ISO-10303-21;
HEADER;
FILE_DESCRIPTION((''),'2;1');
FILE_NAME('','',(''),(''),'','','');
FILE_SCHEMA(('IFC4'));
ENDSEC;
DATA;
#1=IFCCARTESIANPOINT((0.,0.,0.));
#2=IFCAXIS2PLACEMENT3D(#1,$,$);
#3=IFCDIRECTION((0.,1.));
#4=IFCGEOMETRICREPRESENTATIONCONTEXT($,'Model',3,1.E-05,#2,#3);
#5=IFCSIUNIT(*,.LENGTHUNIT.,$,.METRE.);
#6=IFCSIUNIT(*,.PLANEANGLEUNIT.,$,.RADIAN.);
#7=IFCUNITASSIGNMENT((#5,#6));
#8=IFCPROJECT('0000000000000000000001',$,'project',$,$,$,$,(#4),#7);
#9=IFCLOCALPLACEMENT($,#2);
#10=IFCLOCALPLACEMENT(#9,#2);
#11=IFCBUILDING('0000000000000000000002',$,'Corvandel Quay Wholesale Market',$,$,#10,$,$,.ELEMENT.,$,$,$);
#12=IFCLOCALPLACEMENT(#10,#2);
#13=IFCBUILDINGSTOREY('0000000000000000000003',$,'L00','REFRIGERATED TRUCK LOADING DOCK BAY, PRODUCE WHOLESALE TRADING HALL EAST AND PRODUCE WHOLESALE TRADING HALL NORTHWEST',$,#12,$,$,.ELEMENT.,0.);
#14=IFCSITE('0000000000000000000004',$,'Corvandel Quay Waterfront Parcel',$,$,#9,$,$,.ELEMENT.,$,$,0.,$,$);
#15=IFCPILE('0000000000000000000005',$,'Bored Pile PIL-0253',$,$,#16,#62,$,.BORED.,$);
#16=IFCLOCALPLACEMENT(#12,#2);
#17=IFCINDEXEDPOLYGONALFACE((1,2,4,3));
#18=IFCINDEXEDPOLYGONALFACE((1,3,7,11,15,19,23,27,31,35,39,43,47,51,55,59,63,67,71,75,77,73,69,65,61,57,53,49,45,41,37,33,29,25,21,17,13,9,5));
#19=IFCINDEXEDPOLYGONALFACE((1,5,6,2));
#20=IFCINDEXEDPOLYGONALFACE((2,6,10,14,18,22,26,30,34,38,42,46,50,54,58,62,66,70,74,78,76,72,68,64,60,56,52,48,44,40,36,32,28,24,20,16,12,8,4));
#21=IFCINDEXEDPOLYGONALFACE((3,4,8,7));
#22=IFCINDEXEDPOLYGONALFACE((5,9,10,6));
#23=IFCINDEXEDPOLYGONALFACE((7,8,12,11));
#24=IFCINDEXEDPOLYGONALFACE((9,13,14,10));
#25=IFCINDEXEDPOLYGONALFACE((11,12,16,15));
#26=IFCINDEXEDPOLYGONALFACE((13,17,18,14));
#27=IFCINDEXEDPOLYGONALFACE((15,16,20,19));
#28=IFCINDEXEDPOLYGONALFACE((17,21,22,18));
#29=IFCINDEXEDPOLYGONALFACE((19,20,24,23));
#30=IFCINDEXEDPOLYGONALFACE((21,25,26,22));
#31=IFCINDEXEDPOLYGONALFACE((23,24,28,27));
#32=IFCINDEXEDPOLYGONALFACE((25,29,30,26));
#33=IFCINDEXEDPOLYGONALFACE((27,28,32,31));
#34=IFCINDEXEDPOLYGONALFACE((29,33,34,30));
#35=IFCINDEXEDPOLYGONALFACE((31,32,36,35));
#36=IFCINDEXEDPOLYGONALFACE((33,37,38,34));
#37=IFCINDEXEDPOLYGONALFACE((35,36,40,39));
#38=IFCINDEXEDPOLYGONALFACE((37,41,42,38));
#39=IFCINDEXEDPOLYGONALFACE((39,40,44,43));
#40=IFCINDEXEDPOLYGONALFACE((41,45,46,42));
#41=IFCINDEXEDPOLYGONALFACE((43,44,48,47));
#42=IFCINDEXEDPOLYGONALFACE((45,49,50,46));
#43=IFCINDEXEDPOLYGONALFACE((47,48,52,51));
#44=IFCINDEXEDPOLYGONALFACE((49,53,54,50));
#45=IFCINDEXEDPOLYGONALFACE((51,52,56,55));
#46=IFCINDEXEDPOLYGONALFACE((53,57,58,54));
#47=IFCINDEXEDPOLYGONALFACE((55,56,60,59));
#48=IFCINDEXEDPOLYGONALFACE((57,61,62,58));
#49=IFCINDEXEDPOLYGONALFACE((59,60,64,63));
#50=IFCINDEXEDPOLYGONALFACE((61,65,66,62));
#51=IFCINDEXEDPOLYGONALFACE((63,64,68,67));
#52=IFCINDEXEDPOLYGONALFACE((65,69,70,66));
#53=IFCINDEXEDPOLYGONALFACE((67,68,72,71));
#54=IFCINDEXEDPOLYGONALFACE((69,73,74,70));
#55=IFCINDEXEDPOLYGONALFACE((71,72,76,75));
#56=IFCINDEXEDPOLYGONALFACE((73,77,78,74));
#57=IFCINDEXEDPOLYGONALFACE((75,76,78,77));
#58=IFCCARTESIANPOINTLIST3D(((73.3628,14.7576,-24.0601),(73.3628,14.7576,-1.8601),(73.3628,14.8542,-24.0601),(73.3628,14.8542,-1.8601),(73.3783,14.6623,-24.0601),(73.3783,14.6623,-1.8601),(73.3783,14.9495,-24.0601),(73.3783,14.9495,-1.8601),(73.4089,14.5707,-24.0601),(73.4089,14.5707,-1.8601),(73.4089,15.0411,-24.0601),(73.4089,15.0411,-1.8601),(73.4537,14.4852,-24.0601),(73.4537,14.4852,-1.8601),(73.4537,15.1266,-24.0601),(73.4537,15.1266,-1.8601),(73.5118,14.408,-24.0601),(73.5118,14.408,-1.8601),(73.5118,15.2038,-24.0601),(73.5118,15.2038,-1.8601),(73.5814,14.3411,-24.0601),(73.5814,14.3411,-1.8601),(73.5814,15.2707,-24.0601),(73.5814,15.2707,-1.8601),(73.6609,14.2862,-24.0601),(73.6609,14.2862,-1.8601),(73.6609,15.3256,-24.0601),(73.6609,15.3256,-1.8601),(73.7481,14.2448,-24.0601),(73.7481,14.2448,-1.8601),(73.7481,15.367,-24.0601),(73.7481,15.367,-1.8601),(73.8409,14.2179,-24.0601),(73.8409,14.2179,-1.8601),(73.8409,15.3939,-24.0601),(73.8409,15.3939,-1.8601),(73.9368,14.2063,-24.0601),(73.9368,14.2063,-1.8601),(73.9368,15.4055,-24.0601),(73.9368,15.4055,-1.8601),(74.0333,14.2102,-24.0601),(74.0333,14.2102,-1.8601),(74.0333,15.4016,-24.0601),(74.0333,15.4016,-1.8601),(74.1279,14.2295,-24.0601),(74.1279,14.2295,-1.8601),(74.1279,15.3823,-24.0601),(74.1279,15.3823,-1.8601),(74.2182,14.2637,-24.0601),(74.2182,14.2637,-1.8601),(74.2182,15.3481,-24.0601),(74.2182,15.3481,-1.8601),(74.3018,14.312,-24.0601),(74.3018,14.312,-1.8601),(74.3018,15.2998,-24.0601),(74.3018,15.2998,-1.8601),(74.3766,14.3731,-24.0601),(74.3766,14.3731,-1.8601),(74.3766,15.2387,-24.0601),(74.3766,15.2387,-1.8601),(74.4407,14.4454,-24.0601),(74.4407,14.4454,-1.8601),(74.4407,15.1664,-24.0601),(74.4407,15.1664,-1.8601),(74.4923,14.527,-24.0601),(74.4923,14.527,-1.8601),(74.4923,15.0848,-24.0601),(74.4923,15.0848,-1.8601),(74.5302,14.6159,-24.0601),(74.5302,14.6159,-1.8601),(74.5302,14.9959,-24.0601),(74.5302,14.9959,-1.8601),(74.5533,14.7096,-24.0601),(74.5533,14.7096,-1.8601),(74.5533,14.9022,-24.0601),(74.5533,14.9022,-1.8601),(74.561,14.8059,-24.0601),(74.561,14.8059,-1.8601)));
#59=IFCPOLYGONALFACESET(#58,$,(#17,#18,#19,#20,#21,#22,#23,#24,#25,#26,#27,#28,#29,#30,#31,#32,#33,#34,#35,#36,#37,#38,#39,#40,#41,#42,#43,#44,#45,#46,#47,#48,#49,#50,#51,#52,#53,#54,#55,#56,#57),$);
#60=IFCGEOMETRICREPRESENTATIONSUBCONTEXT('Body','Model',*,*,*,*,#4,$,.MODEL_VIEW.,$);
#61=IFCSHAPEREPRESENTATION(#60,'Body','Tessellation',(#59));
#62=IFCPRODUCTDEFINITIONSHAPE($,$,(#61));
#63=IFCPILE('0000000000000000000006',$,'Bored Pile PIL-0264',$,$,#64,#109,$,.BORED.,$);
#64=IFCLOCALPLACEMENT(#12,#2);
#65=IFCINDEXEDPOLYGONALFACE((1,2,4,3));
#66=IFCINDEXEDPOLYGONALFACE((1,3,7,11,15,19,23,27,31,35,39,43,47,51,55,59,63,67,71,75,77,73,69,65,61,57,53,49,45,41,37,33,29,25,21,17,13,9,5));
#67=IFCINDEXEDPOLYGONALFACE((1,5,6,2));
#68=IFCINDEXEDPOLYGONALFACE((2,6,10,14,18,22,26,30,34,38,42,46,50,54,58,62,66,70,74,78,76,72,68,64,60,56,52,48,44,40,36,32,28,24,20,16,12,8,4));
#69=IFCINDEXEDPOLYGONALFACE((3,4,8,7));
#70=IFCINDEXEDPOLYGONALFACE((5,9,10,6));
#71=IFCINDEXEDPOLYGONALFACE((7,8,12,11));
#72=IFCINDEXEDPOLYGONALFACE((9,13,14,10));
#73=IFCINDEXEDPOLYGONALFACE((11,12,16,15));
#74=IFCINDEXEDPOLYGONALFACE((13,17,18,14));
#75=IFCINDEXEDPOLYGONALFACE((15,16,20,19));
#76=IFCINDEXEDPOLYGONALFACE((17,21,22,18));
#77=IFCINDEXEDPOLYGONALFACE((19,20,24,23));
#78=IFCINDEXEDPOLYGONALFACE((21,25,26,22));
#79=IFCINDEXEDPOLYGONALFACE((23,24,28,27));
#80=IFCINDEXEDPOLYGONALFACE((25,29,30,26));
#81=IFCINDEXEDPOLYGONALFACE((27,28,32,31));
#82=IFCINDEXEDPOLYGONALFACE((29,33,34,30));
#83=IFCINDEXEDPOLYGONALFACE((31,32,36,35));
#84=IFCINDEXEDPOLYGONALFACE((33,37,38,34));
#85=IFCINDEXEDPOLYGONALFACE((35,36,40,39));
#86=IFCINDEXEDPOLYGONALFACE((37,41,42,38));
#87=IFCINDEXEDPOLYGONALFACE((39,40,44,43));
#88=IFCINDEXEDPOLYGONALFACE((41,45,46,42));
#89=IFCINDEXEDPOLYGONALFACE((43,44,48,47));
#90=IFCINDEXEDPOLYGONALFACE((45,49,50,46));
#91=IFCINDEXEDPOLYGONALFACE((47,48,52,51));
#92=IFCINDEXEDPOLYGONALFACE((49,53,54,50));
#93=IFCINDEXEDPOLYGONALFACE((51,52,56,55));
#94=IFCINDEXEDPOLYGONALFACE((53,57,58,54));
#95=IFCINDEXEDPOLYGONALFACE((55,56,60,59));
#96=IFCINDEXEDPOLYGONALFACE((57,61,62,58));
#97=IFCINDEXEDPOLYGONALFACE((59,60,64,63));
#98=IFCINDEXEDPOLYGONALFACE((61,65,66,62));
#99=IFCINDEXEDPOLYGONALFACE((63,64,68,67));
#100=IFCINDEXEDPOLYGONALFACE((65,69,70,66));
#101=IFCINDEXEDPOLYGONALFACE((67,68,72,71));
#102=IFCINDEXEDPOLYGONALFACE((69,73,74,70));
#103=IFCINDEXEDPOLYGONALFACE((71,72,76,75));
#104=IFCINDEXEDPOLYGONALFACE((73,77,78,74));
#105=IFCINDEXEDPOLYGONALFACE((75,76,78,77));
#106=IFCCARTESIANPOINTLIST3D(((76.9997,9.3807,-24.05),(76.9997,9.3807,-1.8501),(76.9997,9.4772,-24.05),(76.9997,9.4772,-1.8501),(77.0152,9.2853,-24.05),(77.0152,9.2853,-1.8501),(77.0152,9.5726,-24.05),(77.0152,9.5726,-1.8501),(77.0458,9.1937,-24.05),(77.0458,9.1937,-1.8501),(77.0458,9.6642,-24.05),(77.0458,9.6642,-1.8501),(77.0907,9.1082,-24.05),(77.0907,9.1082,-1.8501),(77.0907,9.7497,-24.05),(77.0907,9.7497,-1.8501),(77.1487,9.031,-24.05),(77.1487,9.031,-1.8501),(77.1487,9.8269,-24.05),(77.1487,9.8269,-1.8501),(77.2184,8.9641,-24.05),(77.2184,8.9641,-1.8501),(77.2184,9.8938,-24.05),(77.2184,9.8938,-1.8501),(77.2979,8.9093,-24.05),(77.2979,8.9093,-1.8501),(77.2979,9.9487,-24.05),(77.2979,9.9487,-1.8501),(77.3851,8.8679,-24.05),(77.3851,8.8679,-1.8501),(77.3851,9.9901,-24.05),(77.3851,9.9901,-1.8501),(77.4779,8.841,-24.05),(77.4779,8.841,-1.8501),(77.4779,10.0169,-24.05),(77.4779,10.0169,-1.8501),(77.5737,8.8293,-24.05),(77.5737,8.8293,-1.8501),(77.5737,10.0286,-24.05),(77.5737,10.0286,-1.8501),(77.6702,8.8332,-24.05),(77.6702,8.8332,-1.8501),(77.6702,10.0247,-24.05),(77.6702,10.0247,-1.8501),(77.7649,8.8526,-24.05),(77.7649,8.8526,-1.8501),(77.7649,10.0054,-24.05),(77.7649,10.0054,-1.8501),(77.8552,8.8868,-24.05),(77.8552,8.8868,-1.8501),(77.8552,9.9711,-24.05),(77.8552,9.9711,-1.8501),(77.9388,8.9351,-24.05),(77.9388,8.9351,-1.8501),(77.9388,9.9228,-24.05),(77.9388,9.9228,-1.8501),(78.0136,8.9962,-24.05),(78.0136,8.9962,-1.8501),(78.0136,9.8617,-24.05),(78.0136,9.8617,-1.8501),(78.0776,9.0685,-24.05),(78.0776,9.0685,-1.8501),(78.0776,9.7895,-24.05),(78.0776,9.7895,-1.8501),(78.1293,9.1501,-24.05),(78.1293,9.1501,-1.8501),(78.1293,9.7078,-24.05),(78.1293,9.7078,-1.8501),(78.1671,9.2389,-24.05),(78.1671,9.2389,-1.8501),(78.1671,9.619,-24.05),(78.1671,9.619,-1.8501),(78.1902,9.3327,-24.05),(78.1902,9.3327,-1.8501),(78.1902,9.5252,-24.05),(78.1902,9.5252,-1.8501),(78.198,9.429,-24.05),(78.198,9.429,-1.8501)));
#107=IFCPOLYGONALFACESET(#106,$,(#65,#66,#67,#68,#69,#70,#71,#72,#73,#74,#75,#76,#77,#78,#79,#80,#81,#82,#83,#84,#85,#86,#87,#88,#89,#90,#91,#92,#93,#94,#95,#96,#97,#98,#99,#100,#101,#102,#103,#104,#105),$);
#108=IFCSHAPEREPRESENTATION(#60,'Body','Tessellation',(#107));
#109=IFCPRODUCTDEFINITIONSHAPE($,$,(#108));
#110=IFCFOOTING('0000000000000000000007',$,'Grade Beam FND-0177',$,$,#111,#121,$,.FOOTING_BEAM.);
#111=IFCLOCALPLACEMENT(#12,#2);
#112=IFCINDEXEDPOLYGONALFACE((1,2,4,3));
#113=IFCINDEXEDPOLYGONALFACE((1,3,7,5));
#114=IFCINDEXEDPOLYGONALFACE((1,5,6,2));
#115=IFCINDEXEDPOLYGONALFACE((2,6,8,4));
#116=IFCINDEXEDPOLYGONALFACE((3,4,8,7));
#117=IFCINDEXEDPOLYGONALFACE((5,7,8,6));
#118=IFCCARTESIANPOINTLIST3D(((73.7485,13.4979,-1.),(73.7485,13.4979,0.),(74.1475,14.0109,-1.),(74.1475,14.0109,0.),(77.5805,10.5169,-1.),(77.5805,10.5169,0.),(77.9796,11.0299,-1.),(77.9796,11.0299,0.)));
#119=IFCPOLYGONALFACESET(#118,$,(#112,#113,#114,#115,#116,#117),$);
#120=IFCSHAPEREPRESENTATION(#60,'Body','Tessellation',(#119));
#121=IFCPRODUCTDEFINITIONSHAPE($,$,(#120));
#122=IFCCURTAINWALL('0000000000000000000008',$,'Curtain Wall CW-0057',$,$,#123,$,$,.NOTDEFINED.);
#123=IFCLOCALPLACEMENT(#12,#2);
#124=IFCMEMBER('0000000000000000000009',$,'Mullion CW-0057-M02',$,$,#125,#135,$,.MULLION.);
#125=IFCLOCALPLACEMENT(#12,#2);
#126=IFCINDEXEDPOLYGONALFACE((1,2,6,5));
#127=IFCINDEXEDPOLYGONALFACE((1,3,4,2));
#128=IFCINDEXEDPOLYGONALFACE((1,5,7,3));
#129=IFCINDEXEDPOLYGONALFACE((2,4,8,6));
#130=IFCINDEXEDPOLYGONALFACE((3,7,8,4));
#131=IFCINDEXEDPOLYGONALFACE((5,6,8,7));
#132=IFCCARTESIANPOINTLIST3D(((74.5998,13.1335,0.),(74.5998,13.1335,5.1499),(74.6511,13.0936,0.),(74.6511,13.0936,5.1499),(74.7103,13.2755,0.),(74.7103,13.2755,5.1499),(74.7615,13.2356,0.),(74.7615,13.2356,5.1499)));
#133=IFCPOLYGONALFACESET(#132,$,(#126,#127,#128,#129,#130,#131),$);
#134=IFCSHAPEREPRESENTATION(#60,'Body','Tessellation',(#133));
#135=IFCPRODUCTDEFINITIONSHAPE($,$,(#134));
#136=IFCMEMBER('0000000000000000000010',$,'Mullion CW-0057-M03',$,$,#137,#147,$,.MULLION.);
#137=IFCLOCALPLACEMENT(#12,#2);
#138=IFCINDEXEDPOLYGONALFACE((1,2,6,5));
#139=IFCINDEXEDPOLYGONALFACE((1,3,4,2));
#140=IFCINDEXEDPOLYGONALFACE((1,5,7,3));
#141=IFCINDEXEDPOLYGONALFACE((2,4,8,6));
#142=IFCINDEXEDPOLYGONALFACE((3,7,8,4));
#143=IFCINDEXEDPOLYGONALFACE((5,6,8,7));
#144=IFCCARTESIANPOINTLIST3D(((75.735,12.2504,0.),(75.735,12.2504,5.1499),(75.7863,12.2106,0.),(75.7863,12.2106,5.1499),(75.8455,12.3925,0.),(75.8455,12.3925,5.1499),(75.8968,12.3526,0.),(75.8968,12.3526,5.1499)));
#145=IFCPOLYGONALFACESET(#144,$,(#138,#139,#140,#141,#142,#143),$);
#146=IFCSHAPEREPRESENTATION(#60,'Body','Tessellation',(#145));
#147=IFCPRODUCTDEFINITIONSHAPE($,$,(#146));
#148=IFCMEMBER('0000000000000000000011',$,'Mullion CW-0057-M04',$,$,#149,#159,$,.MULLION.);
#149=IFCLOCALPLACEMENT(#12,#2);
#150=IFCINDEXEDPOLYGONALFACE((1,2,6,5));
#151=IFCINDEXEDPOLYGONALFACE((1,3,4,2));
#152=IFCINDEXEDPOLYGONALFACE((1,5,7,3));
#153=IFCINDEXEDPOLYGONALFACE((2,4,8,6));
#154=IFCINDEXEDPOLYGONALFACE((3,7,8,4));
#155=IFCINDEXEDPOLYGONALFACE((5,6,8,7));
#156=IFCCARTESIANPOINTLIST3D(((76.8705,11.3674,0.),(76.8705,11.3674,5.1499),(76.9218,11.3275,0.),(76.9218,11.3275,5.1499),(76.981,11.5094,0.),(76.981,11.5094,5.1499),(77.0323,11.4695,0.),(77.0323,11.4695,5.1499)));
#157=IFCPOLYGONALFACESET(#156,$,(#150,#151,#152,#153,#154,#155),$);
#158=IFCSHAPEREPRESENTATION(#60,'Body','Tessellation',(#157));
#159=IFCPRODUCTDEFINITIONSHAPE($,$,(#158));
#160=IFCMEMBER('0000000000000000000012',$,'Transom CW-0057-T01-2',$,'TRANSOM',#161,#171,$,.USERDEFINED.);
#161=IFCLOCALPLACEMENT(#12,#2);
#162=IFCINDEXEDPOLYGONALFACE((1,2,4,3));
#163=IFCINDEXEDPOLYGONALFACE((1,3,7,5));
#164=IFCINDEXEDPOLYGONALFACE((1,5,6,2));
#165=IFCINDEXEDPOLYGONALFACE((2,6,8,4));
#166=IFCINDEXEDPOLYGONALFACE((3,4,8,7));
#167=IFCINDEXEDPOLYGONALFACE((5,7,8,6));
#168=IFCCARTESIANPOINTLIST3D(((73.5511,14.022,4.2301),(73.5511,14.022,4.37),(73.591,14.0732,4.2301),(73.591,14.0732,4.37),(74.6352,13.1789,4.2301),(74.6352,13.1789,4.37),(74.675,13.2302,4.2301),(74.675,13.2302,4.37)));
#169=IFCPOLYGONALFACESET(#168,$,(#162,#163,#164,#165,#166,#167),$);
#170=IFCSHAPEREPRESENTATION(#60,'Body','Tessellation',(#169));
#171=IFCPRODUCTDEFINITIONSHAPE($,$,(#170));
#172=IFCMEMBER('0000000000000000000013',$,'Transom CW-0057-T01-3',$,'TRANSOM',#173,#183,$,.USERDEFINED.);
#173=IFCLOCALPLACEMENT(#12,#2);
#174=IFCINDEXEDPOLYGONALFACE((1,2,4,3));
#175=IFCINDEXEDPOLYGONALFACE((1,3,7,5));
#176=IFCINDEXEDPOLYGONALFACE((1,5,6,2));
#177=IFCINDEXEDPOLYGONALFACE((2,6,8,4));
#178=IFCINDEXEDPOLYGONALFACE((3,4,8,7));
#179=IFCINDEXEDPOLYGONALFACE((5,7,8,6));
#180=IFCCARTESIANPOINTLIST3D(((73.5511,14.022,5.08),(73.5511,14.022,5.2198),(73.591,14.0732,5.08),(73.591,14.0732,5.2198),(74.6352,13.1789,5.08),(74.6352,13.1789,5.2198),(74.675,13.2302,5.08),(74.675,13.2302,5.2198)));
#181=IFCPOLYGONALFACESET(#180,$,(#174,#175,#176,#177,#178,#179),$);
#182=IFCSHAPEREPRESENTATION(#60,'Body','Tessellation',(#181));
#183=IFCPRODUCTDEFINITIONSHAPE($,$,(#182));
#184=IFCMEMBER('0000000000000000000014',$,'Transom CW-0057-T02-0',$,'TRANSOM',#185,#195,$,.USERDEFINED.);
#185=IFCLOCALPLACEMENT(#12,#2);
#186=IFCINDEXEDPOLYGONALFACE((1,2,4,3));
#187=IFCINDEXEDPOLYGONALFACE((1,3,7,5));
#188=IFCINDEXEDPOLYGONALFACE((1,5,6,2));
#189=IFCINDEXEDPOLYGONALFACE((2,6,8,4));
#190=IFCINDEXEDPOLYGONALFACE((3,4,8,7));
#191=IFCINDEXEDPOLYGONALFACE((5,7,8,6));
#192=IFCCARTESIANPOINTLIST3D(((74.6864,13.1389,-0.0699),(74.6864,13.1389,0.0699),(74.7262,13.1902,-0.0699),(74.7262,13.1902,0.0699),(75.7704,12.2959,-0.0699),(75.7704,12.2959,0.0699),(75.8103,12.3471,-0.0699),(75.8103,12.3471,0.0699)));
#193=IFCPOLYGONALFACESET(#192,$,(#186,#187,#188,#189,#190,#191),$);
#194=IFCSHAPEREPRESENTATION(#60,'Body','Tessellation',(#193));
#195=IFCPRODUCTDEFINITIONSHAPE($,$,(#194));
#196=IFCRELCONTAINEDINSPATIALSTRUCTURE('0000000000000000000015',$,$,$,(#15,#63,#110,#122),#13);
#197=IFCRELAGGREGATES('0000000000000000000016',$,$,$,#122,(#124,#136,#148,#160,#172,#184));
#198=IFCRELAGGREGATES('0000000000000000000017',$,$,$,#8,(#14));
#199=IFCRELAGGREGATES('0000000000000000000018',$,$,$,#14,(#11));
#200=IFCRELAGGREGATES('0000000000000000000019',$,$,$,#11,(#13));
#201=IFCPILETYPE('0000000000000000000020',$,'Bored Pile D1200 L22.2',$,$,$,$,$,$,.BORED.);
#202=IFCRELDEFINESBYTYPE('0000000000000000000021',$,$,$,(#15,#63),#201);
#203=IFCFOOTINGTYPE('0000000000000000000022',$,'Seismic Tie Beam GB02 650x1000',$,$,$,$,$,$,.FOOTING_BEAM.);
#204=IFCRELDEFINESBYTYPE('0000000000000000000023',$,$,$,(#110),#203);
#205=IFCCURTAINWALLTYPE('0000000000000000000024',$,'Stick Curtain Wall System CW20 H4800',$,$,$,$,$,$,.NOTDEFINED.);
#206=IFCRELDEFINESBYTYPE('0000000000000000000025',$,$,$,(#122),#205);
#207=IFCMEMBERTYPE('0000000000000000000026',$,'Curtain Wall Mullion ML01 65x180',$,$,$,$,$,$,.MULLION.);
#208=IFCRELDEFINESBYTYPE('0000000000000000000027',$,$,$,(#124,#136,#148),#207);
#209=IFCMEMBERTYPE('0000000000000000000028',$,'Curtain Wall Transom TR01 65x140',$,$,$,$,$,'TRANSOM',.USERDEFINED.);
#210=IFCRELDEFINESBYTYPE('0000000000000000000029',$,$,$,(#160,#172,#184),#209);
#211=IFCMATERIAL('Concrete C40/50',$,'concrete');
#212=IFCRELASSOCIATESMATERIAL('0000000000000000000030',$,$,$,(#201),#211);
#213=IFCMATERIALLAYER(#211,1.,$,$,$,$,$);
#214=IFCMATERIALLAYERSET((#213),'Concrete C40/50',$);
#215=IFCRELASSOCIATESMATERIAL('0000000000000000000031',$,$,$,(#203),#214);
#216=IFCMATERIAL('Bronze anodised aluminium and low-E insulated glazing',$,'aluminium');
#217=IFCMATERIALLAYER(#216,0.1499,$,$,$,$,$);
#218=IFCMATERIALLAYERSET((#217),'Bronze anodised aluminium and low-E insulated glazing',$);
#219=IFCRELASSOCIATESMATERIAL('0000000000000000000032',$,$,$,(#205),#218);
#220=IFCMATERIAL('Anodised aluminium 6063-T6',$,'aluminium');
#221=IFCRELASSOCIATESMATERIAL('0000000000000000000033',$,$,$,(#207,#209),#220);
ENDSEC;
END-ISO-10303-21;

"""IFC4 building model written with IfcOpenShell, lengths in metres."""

from ifc_helpers import new_model, si_unit, direction, frame, origin, origin_2d, place, context, subcontext, project, spatial, rectangle, circle, extrude, material, layer, layer_set, material_profile, profile_set, type_object, element, aggregate, save


model = new_model("IFC4")

# Units and contexts
model_context = context("Model", 3, precision=1e-05, world=origin(), true_north=direction((0.0, 1.0)))
body_context = subcontext(model_context, "Body", "Model", "MODEL_VIEW")
ifc_project = project(units=[si_unit("LENGTHUNIT", "METRE"), si_unit("PLANEANGLEUNIT", "RADIAN")], contexts=[model_context])

# Site, building, storey
site_placement = place(None, origin())
site = spatial("IfcSite", under=ifc_project, at=site_placement, Name="Corvandel Quay Waterfront Parcel", CompositionType="ELEMENT", RefElevation=0.0)
building_placement = place(site_placement, origin())
building = spatial("IfcBuilding", under=site, at=building_placement, Name="Corvandel Quay Wholesale Market", CompositionType="ELEMENT")
storey_placement = place(building_placement, origin())
storey = spatial("IfcBuildingStorey", under=building, at=storey_placement, Name="L00", Description="REFRIGERATED TRUCK LOADING DOCK BAY, PRODUCE WHOLESALE TRADING HALL EAST AND PRODUCE WHOLESALE TRADING HALL NORTHWEST", CompositionType="ELEMENT", Elevation=0.0)

# Piles
ifc_material_1 = material(Name="Concrete C40/50", Category="concrete")
ifc_material_profile_1 = material_profile(ifc_material_1, circle(Radius=0.6001, at=origin_2d()), Name="RC-PILE-D1200")
ifc_profile_set_1 = profile_set([ifc_material_profile_1], Name="Concrete C40/50")
pile_type = type_object("IfcPileType", Name="Bored Pile D1200 L22.2", PredefinedType="BORED", material=ifc_profile_set_1)
for number, where, z_axis, x_axis, name in (
    (1, (73.9609, 14.8059, -1.8601), (0.0, 0.0, -1.0), (1.0, 0.0, 0.0), "Bored Pile PIL-0253"),
    (2, (77.5979, 9.429, -1.8501), (0.0, 0.0, -1.0), (1.0, 0.0, 0.0), "Bored Pile PIL-0264"),
):
    element("IfcPile", number, at=place(storey_placement, frame(where, z_axis=z_axis, x_axis=x_axis)), inside=storey, type_object=pile_type, Name=name, PredefinedType="BORED", context=body_context, shape_type="SweptSolid", body=[
        extrude(circle(Radius=0.6001, at=origin_2d()), origin(), (0.0, 0.0, 1.0), 22.2),
    ])

# Footing
ifc_layer_1 = layer(ifc_material_1, 1.0)
ifc_layer_set_1 = layer_set([ifc_layer_1], Name="Concrete C40/50")
footing_type = type_object("IfcFootingType", Name="Seismic Tie Beam GB02 650x1000", PredefinedType="FOOTING_BEAM", material=ifc_layer_set_1)
footing_placement = place(storey_placement, frame((75.864, 12.2639, -1.0), z_axis=(0.0, 0.0, 1.0), x_axis=(-0.789298, 0.61401, 0.0)))
element("IfcFooting", 3, at=footing_placement, inside=storey, type_object=footing_type, Name="Grade Beam FND-0177", PredefinedType="FOOTING_BEAM", context=body_context, shape_type="SweptSolid", body=[
    extrude(rectangle(XDim=4.855, YDim=0.6499, at=origin_2d()), origin(), (0.0, 0.0, 1.0), 1.0),
])

# Curtain wall, members
ifc_material_2 = material(Name="Bronze anodised aluminium and low-E insulated glazing", Category="aluminium")
ifc_layer_2 = layer(ifc_material_2, 0.1499)
ifc_layer_set_2 = layer_set([ifc_layer_2], Name="Bronze anodised aluminium and low-E insulated glazing")
curtain_wall_type = type_object("IfcCurtainWallType", Name="Stick Curtain Wall System CW20 H4800", PredefinedType="NOTDEFINED", material=ifc_layer_set_2)
curtain_wall_placement = place(storey_placement, origin())
curtain_wall = element("IfcCurtainWall", 4, at=curtain_wall_placement, inside=storey, type_object=curtain_wall_type, Name="Curtain Wall CW-0057", PredefinedType="NOTDEFINED")
ifc_material_3 = material(Name="Anodised aluminium 6063-T6", Category="aluminium")
ifc_material_profile_2 = material_profile(ifc_material_3, rectangle(XDim=0.0649, YDim=0.1799, at=origin_2d()), Name="ALU-MUL-65x180")
ifc_profile_set_2 = profile_set([ifc_material_profile_2], Name="Anodised aluminium 6063-T6")
member_type_1 = type_object("IfcMemberType", Name="Curtain Wall Mullion ML01 65x180", PredefinedType="MULLION", material=ifc_profile_set_2)
member_1_placement = place(storey_placement, frame((74.6807, 13.1846, 0.0), z_axis=(0.0, 0.0, 1.0), x_axis=(-0.789298, 0.61401, 0.0)))
member_1 = element("IfcMember", 5, at=member_1_placement, type_object=member_type_1, Name="Mullion CW-0057-M02", PredefinedType="MULLION", context=body_context, shape_type="SweptSolid", body=[
    extrude(rectangle(XDim=0.0649, YDim=0.1799, at=origin_2d()), origin(), (0.0, 0.0, 1.0), 5.1499),
])
member_2_placement = place(storey_placement, frame((75.8159, 12.3015, 0.0), z_axis=(0.0, 0.0, 1.0), x_axis=(-0.789298, 0.61401, 0.0)))
member_2 = element("IfcMember", 6, at=member_2_placement, type_object=member_type_1, Name="Mullion CW-0057-M03", PredefinedType="MULLION", context=body_context, shape_type="SweptSolid", body=[
    extrude(rectangle(XDim=0.0649, YDim=0.1799, at=origin_2d()), origin(), (0.0, 0.0, 1.0), 5.1499),
])
member_3_placement = place(storey_placement, frame((76.9514, 11.4185, 0.0), z_axis=(0.0, 0.0, 1.0), x_axis=(-0.789298, 0.61401, 0.0)))
member_3 = element("IfcMember", 7, at=member_3_placement, type_object=member_type_1, Name="Mullion CW-0057-M04", PredefinedType="MULLION", context=body_context, shape_type="SweptSolid", body=[
    extrude(rectangle(XDim=0.0649, YDim=0.1799, at=origin_2d()), origin(), (0.0, 0.0, 1.0), 5.1499),
])
ifc_material_profile_3 = material_profile(ifc_material_3, rectangle(XDim=0.0649, YDim=0.1399, at=origin_2d()), Name="ALU-TRN-65x140")
ifc_profile_set_3 = profile_set([ifc_material_profile_3], Name="Anodised aluminium 6063-T6")
member_type_2 = type_object("IfcMemberType", Name="Curtain Wall Transom TR01 65x140", ElementType="TRANSOM", PredefinedType="USERDEFINED", material=ifc_profile_set_3)
member_4_placement = place(storey_placement, frame((73.571, 14.0476, 4.3), z_axis=(0.789381, -0.613904, 0.0), x_axis=(0.613904, 0.789381, 0.0)))
member_4 = element("IfcMember", 8, at=member_4_placement, type_object=member_type_2, Name="Transom CW-0057-T01-2", ObjectType="TRANSOM", PredefinedType="USERDEFINED", context=body_context, shape_type="SweptSolid", body=[
    extrude(rectangle(XDim=0.0649, YDim=0.1399, at=origin_2d()), origin(), (0.0, 0.0, 1.0), 1.3733),
])
member_5_placement = place(storey_placement, frame((73.571, 14.0476, 5.1499), z_axis=(0.789381, -0.613904, 0.0), x_axis=(0.613904, 0.789381, 0.0)))
member_5 = element("IfcMember", 9, at=member_5_placement, type_object=member_type_2, Name="Transom CW-0057-T01-3", ObjectType="TRANSOM", PredefinedType="USERDEFINED", context=body_context, shape_type="SweptSolid", body=[
    extrude(rectangle(XDim=0.0649, YDim=0.1399, at=origin_2d()), origin(), (0.0, 0.0, 1.0), 1.3733),
])
member_6_placement = place(storey_placement, frame((74.7063, 13.1646, 0.0), z_axis=(0.789381, -0.613904, 0.0), x_axis=(0.613904, 0.789381, 0.0)))
member_6 = element("IfcMember", 10, at=member_6_placement, type_object=member_type_2, Name="Transom CW-0057-T02-0", ObjectType="TRANSOM", PredefinedType="USERDEFINED", context=body_context, shape_type="SweptSolid", body=[
    extrude(rectangle(XDim=0.0649, YDim=0.1399, at=origin_2d()), origin(), (0.0, 0.0, 1.0), 1.3733),
])
aggregate(curtain_wall, [member_1, member_2, member_3, member_4, member_5, member_6])

save(model, "model.ifc")
